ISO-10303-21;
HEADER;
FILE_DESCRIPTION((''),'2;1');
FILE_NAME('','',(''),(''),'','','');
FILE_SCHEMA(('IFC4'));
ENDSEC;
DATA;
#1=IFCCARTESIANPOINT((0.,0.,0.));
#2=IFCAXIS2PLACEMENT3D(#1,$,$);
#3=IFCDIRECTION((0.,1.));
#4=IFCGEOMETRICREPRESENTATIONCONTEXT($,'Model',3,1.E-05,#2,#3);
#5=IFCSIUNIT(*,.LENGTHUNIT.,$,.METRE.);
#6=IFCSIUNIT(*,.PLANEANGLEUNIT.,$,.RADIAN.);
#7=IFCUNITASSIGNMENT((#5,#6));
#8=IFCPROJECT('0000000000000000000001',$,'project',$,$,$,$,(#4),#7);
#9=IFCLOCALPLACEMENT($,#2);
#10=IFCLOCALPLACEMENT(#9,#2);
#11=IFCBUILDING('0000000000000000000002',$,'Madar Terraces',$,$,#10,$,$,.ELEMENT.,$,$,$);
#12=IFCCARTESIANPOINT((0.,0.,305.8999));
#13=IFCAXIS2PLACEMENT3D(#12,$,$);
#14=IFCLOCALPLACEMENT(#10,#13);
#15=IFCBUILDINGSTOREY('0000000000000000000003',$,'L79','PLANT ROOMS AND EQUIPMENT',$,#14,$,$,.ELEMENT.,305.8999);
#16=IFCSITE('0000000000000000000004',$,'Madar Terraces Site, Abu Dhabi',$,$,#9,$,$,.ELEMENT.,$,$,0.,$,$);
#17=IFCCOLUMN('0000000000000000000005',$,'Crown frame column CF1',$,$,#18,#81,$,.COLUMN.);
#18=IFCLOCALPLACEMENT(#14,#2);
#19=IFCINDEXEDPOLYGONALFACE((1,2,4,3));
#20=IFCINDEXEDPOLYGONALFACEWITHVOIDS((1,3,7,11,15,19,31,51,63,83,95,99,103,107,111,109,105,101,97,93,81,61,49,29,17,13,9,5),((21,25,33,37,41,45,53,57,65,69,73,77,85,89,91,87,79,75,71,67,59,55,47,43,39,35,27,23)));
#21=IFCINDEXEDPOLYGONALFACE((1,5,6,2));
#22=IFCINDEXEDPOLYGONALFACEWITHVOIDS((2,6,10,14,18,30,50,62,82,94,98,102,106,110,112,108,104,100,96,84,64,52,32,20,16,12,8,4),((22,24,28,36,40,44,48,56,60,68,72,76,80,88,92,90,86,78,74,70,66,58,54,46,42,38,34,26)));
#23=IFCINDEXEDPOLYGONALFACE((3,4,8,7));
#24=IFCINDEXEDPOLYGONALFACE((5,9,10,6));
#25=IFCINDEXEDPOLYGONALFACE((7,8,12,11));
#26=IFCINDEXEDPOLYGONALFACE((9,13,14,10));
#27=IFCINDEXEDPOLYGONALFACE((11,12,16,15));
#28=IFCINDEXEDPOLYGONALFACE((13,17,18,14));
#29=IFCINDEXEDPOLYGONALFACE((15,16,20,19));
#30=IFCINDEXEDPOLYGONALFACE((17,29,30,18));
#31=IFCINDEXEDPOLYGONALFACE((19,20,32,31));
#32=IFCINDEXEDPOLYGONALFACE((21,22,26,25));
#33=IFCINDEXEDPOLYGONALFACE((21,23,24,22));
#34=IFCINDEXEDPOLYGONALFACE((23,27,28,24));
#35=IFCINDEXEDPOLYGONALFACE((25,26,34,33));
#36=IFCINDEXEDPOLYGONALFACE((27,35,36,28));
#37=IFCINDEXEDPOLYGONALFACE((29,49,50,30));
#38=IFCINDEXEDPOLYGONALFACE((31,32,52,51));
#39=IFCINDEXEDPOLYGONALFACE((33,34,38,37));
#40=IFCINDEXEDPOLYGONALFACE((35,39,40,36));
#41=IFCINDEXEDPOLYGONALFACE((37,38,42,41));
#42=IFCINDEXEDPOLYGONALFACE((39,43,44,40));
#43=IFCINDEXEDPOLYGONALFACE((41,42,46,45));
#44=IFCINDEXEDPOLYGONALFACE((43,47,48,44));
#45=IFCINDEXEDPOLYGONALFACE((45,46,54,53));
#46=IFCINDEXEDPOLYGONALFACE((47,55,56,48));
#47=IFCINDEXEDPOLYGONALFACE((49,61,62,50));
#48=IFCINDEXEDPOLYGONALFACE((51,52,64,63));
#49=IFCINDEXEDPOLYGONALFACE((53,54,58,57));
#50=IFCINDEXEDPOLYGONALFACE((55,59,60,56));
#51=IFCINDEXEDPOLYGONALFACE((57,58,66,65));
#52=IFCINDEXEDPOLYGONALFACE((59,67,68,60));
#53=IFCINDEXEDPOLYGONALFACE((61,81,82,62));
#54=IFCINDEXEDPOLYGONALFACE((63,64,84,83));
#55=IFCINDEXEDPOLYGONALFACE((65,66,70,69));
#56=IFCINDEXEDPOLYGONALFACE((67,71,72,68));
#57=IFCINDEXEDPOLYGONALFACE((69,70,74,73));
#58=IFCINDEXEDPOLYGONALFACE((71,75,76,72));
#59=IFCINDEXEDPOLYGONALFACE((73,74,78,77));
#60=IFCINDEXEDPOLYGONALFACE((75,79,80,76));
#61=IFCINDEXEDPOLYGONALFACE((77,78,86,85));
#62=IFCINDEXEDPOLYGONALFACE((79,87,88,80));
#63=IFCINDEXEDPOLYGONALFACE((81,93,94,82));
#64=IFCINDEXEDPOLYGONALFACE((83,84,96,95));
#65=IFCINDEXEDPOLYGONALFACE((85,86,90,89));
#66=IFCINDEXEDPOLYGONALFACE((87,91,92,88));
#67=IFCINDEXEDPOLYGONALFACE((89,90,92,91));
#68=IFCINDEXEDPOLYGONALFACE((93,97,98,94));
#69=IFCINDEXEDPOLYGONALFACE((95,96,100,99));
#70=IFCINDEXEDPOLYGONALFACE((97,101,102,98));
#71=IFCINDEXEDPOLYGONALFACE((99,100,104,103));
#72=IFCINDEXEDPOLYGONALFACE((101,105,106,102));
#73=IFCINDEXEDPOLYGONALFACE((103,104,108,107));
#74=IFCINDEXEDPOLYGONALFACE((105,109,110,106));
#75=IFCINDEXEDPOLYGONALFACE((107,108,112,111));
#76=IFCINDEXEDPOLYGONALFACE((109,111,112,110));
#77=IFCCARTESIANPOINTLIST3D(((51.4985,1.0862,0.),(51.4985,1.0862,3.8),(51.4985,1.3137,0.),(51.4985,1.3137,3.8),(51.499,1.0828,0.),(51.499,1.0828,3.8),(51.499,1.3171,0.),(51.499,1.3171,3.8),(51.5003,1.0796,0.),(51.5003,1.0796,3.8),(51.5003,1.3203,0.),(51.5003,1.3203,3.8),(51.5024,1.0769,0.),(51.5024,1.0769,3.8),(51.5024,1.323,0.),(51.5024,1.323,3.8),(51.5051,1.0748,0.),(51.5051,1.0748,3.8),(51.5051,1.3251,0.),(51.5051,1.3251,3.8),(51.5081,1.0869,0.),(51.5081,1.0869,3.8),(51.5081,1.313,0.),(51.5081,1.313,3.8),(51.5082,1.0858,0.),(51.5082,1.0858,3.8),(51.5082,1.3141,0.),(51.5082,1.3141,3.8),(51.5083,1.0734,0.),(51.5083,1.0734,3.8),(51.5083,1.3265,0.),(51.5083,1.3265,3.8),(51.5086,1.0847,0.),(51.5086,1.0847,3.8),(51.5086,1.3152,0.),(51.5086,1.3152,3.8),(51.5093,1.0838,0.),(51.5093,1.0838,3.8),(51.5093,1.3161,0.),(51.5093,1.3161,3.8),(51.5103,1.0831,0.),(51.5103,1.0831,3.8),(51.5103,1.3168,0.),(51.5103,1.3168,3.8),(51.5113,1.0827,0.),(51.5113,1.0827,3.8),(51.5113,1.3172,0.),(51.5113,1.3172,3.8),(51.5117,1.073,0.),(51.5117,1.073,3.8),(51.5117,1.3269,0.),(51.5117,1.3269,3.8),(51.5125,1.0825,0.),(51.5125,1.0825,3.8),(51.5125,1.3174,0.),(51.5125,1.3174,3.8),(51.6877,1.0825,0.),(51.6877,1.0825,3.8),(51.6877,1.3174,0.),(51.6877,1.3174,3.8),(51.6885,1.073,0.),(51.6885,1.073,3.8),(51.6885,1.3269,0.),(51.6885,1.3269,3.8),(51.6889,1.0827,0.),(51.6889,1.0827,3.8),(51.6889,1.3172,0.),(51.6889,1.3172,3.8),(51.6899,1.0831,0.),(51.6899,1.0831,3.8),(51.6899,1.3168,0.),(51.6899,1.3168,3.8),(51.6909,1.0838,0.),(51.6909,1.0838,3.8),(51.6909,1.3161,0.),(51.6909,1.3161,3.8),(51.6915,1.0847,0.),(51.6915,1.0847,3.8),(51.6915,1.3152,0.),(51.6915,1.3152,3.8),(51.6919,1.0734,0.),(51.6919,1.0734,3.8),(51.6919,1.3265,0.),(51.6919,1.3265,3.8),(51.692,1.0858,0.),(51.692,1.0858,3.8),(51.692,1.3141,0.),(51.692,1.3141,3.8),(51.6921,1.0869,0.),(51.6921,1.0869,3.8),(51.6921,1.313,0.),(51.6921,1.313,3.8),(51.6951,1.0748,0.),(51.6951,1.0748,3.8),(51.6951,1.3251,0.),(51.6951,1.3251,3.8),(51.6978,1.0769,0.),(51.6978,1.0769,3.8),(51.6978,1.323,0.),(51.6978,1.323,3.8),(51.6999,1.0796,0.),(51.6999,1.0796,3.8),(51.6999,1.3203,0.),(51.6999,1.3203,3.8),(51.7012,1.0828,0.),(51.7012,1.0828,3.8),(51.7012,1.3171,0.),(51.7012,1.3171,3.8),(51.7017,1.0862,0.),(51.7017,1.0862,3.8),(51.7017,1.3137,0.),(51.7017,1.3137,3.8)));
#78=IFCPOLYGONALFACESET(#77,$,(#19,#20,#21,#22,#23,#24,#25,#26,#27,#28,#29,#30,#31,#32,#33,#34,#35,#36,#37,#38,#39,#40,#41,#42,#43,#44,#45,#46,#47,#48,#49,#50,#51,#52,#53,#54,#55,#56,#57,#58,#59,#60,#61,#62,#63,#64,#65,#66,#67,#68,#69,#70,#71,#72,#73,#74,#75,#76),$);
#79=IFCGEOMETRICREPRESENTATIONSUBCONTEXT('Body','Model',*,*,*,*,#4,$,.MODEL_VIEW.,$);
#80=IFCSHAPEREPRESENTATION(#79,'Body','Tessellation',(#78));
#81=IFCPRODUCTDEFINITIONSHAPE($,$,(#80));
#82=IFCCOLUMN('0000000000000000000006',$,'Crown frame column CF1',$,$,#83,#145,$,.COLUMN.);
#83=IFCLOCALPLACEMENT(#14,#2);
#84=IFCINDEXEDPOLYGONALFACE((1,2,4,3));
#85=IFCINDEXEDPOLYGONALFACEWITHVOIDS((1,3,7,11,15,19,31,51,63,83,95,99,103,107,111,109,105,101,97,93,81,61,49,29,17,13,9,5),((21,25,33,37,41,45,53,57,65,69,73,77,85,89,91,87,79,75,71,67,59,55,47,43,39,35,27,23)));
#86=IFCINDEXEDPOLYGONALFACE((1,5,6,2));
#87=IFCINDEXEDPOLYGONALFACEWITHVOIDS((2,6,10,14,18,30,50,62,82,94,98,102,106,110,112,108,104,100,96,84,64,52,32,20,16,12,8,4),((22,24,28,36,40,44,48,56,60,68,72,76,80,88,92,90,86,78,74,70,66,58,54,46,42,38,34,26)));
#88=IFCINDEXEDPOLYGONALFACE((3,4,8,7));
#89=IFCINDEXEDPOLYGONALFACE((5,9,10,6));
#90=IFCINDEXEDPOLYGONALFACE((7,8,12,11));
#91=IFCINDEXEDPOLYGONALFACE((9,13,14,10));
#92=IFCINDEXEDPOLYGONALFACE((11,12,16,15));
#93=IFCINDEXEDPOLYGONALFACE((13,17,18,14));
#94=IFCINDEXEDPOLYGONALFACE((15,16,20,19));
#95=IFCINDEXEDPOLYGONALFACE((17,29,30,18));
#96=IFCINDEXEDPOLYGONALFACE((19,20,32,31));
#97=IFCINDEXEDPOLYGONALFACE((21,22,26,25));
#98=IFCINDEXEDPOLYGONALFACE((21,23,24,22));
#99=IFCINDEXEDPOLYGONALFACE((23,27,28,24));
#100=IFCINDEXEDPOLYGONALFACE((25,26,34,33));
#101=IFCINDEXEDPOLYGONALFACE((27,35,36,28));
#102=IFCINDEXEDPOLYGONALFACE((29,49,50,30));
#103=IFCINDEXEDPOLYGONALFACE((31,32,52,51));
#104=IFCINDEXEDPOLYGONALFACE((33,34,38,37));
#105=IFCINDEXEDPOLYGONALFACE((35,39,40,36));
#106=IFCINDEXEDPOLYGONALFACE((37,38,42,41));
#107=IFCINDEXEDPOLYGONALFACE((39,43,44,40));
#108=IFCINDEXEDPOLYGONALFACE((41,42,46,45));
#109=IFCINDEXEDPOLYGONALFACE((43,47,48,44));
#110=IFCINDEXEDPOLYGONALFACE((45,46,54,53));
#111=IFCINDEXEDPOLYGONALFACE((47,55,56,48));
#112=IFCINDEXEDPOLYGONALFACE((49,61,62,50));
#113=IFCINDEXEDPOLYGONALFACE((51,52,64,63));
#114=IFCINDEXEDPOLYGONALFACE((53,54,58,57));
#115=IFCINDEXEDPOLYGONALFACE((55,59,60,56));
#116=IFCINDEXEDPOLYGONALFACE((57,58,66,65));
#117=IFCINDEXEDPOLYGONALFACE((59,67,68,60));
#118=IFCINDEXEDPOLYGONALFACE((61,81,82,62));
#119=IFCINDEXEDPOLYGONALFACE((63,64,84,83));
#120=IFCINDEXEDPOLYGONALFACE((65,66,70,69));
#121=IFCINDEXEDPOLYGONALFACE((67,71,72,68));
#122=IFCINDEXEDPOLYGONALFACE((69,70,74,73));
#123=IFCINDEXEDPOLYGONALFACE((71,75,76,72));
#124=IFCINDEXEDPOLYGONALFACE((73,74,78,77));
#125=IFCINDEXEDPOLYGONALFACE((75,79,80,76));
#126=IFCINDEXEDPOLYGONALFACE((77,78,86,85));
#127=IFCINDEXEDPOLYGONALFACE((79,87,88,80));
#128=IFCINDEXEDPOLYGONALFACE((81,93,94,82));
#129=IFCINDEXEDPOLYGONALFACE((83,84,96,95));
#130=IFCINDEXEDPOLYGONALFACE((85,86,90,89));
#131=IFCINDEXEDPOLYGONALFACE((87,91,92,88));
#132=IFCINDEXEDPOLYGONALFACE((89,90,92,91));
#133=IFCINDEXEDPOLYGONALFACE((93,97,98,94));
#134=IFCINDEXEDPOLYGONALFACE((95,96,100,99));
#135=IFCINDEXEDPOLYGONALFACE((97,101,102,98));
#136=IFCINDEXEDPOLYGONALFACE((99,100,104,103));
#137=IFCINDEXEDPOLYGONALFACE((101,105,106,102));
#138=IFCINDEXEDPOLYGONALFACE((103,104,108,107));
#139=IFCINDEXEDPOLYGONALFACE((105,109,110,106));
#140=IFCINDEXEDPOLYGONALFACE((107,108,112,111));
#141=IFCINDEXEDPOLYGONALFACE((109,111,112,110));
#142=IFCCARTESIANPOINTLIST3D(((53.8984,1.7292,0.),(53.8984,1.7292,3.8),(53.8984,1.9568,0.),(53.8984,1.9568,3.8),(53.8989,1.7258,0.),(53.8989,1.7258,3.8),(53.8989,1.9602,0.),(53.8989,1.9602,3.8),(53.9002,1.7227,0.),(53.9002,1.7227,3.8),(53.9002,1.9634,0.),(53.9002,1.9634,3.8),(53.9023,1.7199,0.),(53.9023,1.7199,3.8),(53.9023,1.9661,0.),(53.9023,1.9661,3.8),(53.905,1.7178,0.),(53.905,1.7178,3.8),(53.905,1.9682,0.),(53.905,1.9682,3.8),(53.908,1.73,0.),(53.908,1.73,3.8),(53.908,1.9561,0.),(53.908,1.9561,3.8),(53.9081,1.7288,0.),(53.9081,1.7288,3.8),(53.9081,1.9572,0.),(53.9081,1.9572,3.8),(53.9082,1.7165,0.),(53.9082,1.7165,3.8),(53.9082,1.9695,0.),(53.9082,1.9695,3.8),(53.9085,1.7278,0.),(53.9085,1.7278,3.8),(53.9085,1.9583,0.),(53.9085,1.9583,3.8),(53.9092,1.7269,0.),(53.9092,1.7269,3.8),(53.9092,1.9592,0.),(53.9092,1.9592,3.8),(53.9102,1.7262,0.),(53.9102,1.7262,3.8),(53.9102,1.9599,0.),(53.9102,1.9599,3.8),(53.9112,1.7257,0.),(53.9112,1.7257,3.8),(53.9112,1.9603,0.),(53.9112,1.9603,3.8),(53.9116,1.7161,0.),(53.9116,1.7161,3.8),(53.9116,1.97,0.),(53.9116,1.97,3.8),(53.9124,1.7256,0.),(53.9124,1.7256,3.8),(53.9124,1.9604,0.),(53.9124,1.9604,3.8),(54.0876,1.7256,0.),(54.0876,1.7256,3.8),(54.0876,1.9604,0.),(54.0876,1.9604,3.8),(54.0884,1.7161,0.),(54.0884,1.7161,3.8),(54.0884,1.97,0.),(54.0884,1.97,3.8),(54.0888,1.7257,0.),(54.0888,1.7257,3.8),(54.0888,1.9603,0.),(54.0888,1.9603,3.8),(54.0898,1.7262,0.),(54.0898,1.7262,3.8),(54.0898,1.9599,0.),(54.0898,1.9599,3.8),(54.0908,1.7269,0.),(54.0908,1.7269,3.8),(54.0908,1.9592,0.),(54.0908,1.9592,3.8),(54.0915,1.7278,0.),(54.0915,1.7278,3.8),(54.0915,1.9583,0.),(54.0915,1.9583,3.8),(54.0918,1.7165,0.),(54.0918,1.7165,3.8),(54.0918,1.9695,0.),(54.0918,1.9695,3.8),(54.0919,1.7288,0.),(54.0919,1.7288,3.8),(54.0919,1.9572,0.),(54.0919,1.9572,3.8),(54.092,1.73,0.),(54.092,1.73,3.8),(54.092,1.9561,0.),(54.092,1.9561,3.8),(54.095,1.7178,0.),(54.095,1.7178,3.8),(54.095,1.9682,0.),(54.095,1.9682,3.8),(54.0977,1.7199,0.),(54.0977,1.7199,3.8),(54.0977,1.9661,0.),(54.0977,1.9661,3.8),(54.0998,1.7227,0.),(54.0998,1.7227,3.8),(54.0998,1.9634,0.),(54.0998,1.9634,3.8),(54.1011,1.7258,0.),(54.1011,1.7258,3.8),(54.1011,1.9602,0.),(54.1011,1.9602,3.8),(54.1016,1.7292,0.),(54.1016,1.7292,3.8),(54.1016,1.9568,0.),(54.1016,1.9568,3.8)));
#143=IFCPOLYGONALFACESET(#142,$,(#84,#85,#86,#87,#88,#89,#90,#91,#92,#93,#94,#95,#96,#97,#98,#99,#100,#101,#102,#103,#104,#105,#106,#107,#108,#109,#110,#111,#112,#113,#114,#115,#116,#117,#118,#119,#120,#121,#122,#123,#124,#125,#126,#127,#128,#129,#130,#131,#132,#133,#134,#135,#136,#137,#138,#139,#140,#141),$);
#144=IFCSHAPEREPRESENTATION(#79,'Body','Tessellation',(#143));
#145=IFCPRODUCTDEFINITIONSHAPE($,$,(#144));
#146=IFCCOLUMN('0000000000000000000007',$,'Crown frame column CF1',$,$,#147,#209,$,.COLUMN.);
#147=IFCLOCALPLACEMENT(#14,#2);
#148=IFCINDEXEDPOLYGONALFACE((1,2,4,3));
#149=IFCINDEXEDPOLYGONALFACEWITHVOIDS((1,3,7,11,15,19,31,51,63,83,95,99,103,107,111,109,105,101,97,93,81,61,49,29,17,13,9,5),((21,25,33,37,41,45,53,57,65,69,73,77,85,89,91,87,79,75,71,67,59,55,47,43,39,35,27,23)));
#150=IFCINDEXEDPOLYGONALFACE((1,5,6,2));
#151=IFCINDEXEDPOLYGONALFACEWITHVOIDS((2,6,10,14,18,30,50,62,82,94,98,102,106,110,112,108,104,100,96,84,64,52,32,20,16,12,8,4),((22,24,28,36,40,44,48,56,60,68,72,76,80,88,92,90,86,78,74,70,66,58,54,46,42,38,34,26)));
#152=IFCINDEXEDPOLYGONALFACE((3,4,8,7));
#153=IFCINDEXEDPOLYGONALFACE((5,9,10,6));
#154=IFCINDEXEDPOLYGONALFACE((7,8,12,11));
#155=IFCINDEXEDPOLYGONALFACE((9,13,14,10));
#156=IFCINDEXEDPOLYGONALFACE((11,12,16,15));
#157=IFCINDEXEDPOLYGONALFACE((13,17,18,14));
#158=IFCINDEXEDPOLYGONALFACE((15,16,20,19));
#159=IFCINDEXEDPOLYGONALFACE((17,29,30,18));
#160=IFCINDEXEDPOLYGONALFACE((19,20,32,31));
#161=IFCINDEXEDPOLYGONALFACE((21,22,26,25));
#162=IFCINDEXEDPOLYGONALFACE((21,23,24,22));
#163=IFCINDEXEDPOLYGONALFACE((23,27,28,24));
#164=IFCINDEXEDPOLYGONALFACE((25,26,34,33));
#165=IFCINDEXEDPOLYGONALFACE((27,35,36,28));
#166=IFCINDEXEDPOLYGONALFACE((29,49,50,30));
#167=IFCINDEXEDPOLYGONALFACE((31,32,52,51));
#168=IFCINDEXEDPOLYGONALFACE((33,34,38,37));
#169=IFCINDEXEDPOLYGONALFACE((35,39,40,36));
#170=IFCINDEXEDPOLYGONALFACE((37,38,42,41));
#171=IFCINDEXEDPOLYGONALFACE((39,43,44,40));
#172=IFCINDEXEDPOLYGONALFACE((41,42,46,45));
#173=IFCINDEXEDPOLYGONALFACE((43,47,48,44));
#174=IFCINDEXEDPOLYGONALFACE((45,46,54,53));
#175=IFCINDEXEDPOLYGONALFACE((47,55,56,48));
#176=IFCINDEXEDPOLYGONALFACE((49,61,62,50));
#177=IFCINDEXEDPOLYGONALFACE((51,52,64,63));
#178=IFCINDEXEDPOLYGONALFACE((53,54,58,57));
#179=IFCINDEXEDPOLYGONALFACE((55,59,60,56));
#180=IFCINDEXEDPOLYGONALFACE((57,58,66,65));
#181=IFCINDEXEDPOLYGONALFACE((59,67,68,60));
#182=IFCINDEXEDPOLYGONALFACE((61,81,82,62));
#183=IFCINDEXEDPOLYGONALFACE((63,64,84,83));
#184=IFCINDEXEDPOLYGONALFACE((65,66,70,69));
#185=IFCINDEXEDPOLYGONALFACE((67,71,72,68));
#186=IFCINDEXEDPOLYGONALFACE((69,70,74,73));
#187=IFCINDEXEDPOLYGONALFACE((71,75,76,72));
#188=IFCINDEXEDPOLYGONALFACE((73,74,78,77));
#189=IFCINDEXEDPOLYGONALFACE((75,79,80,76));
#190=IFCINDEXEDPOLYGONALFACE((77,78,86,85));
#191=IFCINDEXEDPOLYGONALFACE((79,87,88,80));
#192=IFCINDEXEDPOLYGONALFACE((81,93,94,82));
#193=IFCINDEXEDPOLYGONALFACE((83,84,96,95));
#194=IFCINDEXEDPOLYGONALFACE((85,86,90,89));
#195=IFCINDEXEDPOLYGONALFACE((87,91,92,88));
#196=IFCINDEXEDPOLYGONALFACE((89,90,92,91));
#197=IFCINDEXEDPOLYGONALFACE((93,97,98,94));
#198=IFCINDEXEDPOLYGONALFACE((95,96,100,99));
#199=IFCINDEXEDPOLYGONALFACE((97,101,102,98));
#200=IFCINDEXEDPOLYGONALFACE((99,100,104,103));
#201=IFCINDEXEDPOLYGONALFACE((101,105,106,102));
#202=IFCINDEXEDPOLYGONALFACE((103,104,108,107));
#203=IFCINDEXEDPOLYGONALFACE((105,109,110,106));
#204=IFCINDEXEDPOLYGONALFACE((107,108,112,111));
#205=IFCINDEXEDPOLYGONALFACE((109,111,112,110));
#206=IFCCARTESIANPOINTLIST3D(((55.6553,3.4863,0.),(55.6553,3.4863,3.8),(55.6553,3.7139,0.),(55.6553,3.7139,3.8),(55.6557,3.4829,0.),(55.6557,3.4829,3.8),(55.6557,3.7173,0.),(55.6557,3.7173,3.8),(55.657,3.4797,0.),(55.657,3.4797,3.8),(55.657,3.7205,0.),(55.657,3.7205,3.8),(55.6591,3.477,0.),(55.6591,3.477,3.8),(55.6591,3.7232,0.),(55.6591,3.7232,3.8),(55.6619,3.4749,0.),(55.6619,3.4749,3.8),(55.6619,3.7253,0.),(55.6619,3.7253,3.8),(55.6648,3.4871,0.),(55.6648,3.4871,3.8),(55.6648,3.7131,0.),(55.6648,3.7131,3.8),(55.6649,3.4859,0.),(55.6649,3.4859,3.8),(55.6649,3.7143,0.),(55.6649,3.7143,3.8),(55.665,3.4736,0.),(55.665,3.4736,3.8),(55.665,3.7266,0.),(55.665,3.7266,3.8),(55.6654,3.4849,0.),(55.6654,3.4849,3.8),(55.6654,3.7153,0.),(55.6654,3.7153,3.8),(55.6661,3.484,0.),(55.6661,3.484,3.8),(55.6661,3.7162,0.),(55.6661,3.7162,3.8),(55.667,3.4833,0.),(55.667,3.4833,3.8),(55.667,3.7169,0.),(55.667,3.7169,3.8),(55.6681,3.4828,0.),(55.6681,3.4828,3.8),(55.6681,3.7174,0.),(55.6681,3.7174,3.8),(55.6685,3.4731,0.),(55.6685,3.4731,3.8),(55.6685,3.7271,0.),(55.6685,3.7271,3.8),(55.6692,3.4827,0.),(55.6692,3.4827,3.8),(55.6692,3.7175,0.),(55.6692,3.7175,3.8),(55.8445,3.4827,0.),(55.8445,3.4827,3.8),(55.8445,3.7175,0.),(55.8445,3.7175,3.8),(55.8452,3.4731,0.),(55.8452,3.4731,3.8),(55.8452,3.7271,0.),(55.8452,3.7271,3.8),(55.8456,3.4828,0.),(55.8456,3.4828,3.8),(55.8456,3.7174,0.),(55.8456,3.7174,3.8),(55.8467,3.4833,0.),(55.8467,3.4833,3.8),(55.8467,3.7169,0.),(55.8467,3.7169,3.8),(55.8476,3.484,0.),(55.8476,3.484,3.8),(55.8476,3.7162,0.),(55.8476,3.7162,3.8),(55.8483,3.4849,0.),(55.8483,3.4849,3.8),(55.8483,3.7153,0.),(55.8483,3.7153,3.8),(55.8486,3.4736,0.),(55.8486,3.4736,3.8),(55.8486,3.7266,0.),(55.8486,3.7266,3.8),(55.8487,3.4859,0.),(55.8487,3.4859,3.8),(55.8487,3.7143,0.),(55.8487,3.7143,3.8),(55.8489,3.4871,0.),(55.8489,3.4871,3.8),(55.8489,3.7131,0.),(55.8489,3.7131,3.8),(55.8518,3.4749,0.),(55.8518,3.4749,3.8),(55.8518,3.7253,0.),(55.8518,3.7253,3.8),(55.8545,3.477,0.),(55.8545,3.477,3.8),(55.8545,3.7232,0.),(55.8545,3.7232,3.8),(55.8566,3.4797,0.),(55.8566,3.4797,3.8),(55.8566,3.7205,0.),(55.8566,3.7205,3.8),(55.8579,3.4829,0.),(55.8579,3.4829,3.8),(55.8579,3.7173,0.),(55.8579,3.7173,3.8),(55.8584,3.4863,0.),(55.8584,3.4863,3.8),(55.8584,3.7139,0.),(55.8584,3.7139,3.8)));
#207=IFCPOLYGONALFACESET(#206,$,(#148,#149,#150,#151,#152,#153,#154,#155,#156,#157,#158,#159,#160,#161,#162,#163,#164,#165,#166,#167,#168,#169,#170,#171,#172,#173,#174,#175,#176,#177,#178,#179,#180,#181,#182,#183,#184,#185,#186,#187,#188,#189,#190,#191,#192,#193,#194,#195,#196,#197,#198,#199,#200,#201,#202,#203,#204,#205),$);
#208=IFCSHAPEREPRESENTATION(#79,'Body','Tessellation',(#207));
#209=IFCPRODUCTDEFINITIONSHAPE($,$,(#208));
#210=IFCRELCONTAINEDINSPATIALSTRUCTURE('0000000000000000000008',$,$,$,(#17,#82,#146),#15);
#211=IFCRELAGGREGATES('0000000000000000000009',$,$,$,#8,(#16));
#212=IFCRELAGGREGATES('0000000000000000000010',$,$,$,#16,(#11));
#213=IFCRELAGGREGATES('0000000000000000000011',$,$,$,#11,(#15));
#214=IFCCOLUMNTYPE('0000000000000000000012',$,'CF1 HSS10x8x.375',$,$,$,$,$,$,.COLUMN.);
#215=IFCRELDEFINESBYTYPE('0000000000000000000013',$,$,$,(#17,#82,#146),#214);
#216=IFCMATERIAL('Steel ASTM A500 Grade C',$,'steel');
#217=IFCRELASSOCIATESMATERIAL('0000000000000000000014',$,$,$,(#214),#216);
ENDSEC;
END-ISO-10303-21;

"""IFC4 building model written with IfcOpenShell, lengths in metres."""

from ifc_helpers import new_model, si_unit, direction, frame, origin, origin_2d, place, context, subcontext, project, spatial, hollow_rectangle, extrude, material, material_profile, profile_set, type_object, element, save


model = new_model("IFC4")

# Units and contexts
model_context = context("Model", 3, precision=1e-05, world=origin(), true_north=direction((0.0, 1.0)))
body_context = subcontext(model_context, "Body", "Model", "MODEL_VIEW")
ifc_project = project(units=[si_unit("LENGTHUNIT", "METRE"), si_unit("PLANEANGLEUNIT", "RADIAN")], contexts=[model_context])

# Site, building, storey
site_placement = place(None, origin())
site = spatial("IfcSite", under=ifc_project, at=site_placement, Name="Madar Terraces Site, Abu Dhabi", CompositionType="ELEMENT", RefElevation=0.0)
building_placement = place(site_placement, origin())
building = spatial("IfcBuilding", under=site, at=building_placement, Name="Madar Terraces", CompositionType="ELEMENT")
storey_placement = place(building_placement, frame((0.0, 0.0, 305.8999)))
storey = spatial("IfcBuildingStorey", under=building, at=storey_placement, Name="L79", Description="PLANT ROOMS AND EQUIPMENT", CompositionType="ELEMENT", Elevation=305.8999)

# Columns
ifc_material_1 = material(Name="Steel ASTM A500 Grade C", Category="steel")
ifc_material_profile_1 = material_profile(ifc_material_1, hollow_rectangle(XDim=0.2031, YDim=0.2539, WallThickness=0.0095, InnerFilletRadius=0.0044, OuterFilletRadius=0.0132, at=origin_2d()), Name="HSS10x8x.375")
ifc_profile_set_1 = profile_set([ifc_material_profile_1], Name="Steel ASTM A500 Grade C")
column_type = type_object("IfcColumnType", Name="CF1 HSS10x8x.375", PredefinedType="COLUMN", material=ifc_profile_set_1)
for number, where, z_axis, x_axis, name in (
    (1, (51.6001, 1.2, 0.0), (0.0, 0.0, 1.0), (1.0, 0.0, 0.0), "Crown frame column CF1"),
    (2, (54.0, 1.843, 0.0), (0.0, 0.0, 1.0), (1.0, 0.0, 0.0), "Crown frame column CF1"),
    (3, (55.7568, 3.6001, 0.0), (0.0, 0.0, 1.0), (1.0, 0.0, 0.0), "Crown frame column CF1"),
):
    element("IfcColumn", number, at=place(storey_placement, frame(where, z_axis=z_axis, x_axis=x_axis)), inside=storey, type_object=column_type, Name=name, PredefinedType="COLUMN", context=body_context, shape_type="SweptSolid", body=[
        extrude(hollow_rectangle(XDim=0.2031, YDim=0.2539, WallThickness=0.0095, InnerFilletRadius=0.0044, OuterFilletRadius=0.0132, at=origin_2d()), origin(), (0.0, 0.0, 1.0), 3.8),
    ])

save(model, "model.ifc")
